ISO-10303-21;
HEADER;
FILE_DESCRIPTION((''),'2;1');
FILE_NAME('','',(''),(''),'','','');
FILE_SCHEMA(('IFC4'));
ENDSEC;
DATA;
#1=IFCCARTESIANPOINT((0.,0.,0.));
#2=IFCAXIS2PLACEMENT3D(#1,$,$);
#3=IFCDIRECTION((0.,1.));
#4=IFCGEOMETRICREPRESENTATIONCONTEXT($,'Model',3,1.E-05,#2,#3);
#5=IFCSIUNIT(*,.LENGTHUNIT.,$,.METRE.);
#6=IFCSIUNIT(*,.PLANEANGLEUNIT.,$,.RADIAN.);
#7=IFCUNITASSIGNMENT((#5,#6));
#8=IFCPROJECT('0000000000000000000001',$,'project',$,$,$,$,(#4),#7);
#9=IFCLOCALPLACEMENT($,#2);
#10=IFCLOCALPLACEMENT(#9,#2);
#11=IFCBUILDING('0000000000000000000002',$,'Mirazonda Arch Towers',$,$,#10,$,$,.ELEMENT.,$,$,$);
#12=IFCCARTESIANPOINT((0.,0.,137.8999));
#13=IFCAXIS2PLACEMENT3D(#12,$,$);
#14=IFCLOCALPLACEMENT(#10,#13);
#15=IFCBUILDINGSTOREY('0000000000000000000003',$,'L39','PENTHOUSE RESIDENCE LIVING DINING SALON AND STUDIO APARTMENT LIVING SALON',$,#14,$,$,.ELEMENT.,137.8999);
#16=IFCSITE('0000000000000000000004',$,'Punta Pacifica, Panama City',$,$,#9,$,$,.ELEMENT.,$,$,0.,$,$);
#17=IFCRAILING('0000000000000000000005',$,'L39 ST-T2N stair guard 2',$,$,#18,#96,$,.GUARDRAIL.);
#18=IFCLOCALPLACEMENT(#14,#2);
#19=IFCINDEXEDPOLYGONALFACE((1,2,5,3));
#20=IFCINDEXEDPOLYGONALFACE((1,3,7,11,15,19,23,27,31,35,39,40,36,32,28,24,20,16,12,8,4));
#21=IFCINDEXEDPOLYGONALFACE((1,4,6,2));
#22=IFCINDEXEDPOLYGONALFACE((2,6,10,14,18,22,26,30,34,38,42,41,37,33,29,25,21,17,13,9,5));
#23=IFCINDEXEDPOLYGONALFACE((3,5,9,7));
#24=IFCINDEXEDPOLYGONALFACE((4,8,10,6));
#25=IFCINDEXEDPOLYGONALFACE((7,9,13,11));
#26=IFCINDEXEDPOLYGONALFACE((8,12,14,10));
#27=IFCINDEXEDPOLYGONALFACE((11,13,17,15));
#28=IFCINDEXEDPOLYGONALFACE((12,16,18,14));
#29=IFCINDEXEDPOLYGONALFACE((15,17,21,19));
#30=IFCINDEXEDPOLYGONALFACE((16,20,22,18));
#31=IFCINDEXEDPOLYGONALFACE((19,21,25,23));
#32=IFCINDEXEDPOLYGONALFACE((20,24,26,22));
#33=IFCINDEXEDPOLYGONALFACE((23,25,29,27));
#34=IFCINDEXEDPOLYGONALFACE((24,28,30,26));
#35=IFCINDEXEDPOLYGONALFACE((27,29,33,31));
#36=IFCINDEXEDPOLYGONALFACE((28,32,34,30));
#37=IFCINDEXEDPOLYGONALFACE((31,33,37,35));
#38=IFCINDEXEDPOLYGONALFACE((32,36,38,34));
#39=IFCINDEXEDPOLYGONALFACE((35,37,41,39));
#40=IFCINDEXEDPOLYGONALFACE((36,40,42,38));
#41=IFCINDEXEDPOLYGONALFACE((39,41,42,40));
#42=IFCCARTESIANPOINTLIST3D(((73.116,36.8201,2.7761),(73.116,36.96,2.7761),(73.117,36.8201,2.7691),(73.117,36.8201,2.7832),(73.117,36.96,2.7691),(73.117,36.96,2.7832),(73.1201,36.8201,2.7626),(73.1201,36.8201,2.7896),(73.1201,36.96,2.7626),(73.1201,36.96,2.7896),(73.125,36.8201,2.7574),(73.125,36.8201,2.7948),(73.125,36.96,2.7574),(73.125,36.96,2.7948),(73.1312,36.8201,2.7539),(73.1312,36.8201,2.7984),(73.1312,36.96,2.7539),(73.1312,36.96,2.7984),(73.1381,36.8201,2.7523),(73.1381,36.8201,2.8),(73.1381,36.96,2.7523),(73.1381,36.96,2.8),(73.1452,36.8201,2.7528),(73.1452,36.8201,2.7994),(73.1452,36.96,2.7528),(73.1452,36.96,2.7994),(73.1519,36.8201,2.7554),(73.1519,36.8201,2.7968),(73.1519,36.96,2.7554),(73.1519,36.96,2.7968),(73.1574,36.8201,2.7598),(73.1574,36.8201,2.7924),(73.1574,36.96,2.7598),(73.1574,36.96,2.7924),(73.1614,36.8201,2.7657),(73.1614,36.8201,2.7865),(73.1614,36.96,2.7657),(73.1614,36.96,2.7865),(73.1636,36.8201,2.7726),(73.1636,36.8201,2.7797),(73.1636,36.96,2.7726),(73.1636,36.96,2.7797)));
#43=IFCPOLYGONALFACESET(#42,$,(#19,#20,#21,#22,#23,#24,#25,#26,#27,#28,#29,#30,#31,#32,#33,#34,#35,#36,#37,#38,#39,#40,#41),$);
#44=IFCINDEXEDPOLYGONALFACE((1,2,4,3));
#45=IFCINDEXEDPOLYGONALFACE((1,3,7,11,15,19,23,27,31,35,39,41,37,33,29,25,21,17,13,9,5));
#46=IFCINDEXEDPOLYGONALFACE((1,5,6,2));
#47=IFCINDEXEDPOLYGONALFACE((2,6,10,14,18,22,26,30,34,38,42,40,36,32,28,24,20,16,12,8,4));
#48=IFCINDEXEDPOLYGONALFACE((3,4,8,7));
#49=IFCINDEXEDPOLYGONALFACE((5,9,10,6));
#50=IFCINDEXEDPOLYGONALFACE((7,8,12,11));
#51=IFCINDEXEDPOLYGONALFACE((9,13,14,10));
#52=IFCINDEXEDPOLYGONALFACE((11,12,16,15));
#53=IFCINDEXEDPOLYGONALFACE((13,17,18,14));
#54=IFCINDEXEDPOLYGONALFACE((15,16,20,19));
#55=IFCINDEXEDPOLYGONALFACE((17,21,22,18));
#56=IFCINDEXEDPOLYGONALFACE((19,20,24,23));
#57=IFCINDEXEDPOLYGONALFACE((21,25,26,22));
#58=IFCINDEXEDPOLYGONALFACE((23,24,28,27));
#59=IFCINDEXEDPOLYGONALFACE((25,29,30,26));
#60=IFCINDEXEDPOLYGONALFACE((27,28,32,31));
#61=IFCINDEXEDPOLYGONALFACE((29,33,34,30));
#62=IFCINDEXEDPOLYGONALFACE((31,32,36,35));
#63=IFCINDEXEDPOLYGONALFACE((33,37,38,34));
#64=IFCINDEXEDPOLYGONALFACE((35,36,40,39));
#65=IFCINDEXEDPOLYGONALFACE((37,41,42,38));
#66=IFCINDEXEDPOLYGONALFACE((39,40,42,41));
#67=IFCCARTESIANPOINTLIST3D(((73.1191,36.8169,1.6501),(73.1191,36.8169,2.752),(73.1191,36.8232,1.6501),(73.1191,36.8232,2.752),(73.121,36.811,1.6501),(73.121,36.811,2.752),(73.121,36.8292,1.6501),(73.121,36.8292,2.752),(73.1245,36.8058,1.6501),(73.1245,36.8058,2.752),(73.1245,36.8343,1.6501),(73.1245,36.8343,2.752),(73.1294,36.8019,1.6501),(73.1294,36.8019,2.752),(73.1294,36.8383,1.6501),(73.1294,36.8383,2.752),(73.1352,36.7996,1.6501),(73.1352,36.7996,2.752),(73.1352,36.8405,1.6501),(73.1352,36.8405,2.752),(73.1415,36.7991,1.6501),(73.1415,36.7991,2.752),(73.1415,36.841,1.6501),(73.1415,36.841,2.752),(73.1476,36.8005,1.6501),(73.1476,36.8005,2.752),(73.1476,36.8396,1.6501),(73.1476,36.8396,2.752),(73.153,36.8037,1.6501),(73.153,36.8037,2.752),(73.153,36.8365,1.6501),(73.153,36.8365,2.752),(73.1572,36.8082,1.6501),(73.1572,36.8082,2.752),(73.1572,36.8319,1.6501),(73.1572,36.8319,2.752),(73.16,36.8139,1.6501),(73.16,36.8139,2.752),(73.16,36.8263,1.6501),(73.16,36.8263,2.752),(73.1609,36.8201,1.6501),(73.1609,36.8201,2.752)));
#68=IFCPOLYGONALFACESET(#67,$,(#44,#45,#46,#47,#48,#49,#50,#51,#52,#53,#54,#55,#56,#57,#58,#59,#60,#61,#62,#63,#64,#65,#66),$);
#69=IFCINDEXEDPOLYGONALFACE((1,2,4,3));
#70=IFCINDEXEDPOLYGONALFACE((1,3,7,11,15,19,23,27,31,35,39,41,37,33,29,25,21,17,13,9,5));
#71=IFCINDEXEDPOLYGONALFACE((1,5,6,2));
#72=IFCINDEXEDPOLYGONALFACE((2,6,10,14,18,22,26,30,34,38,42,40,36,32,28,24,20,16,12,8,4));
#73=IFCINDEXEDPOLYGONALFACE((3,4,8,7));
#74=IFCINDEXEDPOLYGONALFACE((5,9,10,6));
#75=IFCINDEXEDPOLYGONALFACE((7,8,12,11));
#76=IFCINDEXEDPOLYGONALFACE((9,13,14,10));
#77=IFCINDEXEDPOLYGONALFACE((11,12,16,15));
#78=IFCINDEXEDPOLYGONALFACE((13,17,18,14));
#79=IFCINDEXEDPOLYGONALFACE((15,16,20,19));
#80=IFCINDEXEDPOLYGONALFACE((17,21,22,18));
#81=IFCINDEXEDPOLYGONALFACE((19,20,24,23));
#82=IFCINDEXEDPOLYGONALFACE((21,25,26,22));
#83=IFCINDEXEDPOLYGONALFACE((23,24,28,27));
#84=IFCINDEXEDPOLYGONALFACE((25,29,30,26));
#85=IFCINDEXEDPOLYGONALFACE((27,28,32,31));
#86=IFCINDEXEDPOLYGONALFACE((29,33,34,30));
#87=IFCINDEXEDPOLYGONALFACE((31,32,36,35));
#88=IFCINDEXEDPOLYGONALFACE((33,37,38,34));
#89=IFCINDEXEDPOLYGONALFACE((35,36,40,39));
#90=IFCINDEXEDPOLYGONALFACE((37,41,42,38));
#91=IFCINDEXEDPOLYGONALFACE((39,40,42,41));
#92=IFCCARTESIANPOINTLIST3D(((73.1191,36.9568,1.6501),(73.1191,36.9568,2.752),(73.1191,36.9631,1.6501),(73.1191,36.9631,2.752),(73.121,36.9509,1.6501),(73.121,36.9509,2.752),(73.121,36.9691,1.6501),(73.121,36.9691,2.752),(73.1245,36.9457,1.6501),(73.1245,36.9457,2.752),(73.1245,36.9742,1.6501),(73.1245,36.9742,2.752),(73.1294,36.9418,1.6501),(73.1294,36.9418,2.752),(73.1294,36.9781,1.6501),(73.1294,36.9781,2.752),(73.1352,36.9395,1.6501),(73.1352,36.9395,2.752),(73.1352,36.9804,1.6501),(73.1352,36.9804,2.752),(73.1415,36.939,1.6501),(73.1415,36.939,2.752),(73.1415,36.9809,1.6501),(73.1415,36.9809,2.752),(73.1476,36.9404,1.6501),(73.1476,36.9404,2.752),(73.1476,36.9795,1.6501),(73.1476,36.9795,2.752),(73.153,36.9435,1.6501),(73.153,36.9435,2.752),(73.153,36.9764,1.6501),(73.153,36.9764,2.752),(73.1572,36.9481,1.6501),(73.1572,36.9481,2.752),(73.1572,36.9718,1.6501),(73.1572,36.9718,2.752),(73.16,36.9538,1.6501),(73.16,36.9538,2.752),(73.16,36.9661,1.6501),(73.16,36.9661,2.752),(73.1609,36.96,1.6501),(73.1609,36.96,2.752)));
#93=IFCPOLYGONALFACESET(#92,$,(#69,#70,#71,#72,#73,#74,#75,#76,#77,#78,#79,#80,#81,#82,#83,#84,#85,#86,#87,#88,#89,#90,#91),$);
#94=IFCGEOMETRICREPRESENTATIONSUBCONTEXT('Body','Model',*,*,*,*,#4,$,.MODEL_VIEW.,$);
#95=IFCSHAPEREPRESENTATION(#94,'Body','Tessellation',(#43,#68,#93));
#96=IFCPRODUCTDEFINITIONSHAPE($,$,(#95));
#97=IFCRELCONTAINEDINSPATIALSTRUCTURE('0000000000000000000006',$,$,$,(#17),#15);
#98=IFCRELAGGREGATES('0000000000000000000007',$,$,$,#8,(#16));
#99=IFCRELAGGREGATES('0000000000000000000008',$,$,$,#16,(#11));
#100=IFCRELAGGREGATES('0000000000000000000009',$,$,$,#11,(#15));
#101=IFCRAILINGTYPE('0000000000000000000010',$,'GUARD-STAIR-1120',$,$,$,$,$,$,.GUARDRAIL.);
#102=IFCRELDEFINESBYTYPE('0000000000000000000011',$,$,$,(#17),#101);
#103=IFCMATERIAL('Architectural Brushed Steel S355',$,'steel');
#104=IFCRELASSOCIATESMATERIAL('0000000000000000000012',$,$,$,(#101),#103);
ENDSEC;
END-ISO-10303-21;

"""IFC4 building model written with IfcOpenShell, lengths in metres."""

from ifc_helpers import new_model, si_unit, direction, frame, origin, origin_2d, place, context, subcontext, project, spatial, circle, extrude, material, type_object, element, save


model = new_model("IFC4")

# Units and contexts
model_context = context("Model", 3, precision=1e-05, world=origin(), true_north=direction((0.0, 1.0)))
body_context = subcontext(model_context, "Body", "Model", "MODEL_VIEW")
ifc_project = project(units=[si_unit("LENGTHUNIT", "METRE"), si_unit("PLANEANGLEUNIT", "RADIAN")], contexts=[model_context])

# Site, building, storey
site_placement = place(None, origin())
site = spatial("IfcSite", under=ifc_project, at=site_placement, Name="Punta Pacifica, Panama City", CompositionType="ELEMENT", RefElevation=0.0)
building_placement = place(site_placement, origin())
building = spatial("IfcBuilding", under=site, at=building_placement, Name="Mirazonda Arch Towers", CompositionType="ELEMENT")
storey_placement = place(building_placement, frame((0.0, 0.0, 137.8999)))
storey = spatial("IfcBuildingStorey", under=building, at=storey_placement, Name="L39", Description="PENTHOUSE RESIDENCE LIVING DINING SALON AND STUDIO APARTMENT LIVING SALON", CompositionType="ELEMENT", Elevation=137.8999)

# Shared definitions
ifc_material_1 = material(Name="Architectural Brushed Steel S355", Category="steel")

# Railing
railing_type_1 = type_object("IfcRailingType", Name="GUARD-STAIR-1120", PredefinedType="GUARDRAIL", material=ifc_material_1)
railing_1_placement = place(storey_placement, frame((73.1399, 36.8201, 1.6501)))
element("IfcRailing", 1, at=railing_1_placement, inside=storey, type_object=railing_type_1, Name="L39 ST-T2N stair guard 2", PredefinedType="GUARDRAIL", context=body_context, shape_type="SweptSolid", body=[
    extrude(circle(Radius=0.0239, at=origin_2d()), frame((0.0, 0.0, 1.126), z_axis=(0.0, 1.0, 0.0), x_axis=(-1.0, 0.0, 0.0)), (0.0, 0.0, 1.0), 0.1399),
    extrude(circle(Radius=0.021, at=origin_2d()), origin(), (0.0, 0.0, 1.0), 1.1018),
    extrude(circle(Radius=0.021, at=origin_2d()), frame((0.0, 0.1399, 0.0)), (0.0, 0.0, 1.0), 1.1018),
])

save(model, "model.ifc")
